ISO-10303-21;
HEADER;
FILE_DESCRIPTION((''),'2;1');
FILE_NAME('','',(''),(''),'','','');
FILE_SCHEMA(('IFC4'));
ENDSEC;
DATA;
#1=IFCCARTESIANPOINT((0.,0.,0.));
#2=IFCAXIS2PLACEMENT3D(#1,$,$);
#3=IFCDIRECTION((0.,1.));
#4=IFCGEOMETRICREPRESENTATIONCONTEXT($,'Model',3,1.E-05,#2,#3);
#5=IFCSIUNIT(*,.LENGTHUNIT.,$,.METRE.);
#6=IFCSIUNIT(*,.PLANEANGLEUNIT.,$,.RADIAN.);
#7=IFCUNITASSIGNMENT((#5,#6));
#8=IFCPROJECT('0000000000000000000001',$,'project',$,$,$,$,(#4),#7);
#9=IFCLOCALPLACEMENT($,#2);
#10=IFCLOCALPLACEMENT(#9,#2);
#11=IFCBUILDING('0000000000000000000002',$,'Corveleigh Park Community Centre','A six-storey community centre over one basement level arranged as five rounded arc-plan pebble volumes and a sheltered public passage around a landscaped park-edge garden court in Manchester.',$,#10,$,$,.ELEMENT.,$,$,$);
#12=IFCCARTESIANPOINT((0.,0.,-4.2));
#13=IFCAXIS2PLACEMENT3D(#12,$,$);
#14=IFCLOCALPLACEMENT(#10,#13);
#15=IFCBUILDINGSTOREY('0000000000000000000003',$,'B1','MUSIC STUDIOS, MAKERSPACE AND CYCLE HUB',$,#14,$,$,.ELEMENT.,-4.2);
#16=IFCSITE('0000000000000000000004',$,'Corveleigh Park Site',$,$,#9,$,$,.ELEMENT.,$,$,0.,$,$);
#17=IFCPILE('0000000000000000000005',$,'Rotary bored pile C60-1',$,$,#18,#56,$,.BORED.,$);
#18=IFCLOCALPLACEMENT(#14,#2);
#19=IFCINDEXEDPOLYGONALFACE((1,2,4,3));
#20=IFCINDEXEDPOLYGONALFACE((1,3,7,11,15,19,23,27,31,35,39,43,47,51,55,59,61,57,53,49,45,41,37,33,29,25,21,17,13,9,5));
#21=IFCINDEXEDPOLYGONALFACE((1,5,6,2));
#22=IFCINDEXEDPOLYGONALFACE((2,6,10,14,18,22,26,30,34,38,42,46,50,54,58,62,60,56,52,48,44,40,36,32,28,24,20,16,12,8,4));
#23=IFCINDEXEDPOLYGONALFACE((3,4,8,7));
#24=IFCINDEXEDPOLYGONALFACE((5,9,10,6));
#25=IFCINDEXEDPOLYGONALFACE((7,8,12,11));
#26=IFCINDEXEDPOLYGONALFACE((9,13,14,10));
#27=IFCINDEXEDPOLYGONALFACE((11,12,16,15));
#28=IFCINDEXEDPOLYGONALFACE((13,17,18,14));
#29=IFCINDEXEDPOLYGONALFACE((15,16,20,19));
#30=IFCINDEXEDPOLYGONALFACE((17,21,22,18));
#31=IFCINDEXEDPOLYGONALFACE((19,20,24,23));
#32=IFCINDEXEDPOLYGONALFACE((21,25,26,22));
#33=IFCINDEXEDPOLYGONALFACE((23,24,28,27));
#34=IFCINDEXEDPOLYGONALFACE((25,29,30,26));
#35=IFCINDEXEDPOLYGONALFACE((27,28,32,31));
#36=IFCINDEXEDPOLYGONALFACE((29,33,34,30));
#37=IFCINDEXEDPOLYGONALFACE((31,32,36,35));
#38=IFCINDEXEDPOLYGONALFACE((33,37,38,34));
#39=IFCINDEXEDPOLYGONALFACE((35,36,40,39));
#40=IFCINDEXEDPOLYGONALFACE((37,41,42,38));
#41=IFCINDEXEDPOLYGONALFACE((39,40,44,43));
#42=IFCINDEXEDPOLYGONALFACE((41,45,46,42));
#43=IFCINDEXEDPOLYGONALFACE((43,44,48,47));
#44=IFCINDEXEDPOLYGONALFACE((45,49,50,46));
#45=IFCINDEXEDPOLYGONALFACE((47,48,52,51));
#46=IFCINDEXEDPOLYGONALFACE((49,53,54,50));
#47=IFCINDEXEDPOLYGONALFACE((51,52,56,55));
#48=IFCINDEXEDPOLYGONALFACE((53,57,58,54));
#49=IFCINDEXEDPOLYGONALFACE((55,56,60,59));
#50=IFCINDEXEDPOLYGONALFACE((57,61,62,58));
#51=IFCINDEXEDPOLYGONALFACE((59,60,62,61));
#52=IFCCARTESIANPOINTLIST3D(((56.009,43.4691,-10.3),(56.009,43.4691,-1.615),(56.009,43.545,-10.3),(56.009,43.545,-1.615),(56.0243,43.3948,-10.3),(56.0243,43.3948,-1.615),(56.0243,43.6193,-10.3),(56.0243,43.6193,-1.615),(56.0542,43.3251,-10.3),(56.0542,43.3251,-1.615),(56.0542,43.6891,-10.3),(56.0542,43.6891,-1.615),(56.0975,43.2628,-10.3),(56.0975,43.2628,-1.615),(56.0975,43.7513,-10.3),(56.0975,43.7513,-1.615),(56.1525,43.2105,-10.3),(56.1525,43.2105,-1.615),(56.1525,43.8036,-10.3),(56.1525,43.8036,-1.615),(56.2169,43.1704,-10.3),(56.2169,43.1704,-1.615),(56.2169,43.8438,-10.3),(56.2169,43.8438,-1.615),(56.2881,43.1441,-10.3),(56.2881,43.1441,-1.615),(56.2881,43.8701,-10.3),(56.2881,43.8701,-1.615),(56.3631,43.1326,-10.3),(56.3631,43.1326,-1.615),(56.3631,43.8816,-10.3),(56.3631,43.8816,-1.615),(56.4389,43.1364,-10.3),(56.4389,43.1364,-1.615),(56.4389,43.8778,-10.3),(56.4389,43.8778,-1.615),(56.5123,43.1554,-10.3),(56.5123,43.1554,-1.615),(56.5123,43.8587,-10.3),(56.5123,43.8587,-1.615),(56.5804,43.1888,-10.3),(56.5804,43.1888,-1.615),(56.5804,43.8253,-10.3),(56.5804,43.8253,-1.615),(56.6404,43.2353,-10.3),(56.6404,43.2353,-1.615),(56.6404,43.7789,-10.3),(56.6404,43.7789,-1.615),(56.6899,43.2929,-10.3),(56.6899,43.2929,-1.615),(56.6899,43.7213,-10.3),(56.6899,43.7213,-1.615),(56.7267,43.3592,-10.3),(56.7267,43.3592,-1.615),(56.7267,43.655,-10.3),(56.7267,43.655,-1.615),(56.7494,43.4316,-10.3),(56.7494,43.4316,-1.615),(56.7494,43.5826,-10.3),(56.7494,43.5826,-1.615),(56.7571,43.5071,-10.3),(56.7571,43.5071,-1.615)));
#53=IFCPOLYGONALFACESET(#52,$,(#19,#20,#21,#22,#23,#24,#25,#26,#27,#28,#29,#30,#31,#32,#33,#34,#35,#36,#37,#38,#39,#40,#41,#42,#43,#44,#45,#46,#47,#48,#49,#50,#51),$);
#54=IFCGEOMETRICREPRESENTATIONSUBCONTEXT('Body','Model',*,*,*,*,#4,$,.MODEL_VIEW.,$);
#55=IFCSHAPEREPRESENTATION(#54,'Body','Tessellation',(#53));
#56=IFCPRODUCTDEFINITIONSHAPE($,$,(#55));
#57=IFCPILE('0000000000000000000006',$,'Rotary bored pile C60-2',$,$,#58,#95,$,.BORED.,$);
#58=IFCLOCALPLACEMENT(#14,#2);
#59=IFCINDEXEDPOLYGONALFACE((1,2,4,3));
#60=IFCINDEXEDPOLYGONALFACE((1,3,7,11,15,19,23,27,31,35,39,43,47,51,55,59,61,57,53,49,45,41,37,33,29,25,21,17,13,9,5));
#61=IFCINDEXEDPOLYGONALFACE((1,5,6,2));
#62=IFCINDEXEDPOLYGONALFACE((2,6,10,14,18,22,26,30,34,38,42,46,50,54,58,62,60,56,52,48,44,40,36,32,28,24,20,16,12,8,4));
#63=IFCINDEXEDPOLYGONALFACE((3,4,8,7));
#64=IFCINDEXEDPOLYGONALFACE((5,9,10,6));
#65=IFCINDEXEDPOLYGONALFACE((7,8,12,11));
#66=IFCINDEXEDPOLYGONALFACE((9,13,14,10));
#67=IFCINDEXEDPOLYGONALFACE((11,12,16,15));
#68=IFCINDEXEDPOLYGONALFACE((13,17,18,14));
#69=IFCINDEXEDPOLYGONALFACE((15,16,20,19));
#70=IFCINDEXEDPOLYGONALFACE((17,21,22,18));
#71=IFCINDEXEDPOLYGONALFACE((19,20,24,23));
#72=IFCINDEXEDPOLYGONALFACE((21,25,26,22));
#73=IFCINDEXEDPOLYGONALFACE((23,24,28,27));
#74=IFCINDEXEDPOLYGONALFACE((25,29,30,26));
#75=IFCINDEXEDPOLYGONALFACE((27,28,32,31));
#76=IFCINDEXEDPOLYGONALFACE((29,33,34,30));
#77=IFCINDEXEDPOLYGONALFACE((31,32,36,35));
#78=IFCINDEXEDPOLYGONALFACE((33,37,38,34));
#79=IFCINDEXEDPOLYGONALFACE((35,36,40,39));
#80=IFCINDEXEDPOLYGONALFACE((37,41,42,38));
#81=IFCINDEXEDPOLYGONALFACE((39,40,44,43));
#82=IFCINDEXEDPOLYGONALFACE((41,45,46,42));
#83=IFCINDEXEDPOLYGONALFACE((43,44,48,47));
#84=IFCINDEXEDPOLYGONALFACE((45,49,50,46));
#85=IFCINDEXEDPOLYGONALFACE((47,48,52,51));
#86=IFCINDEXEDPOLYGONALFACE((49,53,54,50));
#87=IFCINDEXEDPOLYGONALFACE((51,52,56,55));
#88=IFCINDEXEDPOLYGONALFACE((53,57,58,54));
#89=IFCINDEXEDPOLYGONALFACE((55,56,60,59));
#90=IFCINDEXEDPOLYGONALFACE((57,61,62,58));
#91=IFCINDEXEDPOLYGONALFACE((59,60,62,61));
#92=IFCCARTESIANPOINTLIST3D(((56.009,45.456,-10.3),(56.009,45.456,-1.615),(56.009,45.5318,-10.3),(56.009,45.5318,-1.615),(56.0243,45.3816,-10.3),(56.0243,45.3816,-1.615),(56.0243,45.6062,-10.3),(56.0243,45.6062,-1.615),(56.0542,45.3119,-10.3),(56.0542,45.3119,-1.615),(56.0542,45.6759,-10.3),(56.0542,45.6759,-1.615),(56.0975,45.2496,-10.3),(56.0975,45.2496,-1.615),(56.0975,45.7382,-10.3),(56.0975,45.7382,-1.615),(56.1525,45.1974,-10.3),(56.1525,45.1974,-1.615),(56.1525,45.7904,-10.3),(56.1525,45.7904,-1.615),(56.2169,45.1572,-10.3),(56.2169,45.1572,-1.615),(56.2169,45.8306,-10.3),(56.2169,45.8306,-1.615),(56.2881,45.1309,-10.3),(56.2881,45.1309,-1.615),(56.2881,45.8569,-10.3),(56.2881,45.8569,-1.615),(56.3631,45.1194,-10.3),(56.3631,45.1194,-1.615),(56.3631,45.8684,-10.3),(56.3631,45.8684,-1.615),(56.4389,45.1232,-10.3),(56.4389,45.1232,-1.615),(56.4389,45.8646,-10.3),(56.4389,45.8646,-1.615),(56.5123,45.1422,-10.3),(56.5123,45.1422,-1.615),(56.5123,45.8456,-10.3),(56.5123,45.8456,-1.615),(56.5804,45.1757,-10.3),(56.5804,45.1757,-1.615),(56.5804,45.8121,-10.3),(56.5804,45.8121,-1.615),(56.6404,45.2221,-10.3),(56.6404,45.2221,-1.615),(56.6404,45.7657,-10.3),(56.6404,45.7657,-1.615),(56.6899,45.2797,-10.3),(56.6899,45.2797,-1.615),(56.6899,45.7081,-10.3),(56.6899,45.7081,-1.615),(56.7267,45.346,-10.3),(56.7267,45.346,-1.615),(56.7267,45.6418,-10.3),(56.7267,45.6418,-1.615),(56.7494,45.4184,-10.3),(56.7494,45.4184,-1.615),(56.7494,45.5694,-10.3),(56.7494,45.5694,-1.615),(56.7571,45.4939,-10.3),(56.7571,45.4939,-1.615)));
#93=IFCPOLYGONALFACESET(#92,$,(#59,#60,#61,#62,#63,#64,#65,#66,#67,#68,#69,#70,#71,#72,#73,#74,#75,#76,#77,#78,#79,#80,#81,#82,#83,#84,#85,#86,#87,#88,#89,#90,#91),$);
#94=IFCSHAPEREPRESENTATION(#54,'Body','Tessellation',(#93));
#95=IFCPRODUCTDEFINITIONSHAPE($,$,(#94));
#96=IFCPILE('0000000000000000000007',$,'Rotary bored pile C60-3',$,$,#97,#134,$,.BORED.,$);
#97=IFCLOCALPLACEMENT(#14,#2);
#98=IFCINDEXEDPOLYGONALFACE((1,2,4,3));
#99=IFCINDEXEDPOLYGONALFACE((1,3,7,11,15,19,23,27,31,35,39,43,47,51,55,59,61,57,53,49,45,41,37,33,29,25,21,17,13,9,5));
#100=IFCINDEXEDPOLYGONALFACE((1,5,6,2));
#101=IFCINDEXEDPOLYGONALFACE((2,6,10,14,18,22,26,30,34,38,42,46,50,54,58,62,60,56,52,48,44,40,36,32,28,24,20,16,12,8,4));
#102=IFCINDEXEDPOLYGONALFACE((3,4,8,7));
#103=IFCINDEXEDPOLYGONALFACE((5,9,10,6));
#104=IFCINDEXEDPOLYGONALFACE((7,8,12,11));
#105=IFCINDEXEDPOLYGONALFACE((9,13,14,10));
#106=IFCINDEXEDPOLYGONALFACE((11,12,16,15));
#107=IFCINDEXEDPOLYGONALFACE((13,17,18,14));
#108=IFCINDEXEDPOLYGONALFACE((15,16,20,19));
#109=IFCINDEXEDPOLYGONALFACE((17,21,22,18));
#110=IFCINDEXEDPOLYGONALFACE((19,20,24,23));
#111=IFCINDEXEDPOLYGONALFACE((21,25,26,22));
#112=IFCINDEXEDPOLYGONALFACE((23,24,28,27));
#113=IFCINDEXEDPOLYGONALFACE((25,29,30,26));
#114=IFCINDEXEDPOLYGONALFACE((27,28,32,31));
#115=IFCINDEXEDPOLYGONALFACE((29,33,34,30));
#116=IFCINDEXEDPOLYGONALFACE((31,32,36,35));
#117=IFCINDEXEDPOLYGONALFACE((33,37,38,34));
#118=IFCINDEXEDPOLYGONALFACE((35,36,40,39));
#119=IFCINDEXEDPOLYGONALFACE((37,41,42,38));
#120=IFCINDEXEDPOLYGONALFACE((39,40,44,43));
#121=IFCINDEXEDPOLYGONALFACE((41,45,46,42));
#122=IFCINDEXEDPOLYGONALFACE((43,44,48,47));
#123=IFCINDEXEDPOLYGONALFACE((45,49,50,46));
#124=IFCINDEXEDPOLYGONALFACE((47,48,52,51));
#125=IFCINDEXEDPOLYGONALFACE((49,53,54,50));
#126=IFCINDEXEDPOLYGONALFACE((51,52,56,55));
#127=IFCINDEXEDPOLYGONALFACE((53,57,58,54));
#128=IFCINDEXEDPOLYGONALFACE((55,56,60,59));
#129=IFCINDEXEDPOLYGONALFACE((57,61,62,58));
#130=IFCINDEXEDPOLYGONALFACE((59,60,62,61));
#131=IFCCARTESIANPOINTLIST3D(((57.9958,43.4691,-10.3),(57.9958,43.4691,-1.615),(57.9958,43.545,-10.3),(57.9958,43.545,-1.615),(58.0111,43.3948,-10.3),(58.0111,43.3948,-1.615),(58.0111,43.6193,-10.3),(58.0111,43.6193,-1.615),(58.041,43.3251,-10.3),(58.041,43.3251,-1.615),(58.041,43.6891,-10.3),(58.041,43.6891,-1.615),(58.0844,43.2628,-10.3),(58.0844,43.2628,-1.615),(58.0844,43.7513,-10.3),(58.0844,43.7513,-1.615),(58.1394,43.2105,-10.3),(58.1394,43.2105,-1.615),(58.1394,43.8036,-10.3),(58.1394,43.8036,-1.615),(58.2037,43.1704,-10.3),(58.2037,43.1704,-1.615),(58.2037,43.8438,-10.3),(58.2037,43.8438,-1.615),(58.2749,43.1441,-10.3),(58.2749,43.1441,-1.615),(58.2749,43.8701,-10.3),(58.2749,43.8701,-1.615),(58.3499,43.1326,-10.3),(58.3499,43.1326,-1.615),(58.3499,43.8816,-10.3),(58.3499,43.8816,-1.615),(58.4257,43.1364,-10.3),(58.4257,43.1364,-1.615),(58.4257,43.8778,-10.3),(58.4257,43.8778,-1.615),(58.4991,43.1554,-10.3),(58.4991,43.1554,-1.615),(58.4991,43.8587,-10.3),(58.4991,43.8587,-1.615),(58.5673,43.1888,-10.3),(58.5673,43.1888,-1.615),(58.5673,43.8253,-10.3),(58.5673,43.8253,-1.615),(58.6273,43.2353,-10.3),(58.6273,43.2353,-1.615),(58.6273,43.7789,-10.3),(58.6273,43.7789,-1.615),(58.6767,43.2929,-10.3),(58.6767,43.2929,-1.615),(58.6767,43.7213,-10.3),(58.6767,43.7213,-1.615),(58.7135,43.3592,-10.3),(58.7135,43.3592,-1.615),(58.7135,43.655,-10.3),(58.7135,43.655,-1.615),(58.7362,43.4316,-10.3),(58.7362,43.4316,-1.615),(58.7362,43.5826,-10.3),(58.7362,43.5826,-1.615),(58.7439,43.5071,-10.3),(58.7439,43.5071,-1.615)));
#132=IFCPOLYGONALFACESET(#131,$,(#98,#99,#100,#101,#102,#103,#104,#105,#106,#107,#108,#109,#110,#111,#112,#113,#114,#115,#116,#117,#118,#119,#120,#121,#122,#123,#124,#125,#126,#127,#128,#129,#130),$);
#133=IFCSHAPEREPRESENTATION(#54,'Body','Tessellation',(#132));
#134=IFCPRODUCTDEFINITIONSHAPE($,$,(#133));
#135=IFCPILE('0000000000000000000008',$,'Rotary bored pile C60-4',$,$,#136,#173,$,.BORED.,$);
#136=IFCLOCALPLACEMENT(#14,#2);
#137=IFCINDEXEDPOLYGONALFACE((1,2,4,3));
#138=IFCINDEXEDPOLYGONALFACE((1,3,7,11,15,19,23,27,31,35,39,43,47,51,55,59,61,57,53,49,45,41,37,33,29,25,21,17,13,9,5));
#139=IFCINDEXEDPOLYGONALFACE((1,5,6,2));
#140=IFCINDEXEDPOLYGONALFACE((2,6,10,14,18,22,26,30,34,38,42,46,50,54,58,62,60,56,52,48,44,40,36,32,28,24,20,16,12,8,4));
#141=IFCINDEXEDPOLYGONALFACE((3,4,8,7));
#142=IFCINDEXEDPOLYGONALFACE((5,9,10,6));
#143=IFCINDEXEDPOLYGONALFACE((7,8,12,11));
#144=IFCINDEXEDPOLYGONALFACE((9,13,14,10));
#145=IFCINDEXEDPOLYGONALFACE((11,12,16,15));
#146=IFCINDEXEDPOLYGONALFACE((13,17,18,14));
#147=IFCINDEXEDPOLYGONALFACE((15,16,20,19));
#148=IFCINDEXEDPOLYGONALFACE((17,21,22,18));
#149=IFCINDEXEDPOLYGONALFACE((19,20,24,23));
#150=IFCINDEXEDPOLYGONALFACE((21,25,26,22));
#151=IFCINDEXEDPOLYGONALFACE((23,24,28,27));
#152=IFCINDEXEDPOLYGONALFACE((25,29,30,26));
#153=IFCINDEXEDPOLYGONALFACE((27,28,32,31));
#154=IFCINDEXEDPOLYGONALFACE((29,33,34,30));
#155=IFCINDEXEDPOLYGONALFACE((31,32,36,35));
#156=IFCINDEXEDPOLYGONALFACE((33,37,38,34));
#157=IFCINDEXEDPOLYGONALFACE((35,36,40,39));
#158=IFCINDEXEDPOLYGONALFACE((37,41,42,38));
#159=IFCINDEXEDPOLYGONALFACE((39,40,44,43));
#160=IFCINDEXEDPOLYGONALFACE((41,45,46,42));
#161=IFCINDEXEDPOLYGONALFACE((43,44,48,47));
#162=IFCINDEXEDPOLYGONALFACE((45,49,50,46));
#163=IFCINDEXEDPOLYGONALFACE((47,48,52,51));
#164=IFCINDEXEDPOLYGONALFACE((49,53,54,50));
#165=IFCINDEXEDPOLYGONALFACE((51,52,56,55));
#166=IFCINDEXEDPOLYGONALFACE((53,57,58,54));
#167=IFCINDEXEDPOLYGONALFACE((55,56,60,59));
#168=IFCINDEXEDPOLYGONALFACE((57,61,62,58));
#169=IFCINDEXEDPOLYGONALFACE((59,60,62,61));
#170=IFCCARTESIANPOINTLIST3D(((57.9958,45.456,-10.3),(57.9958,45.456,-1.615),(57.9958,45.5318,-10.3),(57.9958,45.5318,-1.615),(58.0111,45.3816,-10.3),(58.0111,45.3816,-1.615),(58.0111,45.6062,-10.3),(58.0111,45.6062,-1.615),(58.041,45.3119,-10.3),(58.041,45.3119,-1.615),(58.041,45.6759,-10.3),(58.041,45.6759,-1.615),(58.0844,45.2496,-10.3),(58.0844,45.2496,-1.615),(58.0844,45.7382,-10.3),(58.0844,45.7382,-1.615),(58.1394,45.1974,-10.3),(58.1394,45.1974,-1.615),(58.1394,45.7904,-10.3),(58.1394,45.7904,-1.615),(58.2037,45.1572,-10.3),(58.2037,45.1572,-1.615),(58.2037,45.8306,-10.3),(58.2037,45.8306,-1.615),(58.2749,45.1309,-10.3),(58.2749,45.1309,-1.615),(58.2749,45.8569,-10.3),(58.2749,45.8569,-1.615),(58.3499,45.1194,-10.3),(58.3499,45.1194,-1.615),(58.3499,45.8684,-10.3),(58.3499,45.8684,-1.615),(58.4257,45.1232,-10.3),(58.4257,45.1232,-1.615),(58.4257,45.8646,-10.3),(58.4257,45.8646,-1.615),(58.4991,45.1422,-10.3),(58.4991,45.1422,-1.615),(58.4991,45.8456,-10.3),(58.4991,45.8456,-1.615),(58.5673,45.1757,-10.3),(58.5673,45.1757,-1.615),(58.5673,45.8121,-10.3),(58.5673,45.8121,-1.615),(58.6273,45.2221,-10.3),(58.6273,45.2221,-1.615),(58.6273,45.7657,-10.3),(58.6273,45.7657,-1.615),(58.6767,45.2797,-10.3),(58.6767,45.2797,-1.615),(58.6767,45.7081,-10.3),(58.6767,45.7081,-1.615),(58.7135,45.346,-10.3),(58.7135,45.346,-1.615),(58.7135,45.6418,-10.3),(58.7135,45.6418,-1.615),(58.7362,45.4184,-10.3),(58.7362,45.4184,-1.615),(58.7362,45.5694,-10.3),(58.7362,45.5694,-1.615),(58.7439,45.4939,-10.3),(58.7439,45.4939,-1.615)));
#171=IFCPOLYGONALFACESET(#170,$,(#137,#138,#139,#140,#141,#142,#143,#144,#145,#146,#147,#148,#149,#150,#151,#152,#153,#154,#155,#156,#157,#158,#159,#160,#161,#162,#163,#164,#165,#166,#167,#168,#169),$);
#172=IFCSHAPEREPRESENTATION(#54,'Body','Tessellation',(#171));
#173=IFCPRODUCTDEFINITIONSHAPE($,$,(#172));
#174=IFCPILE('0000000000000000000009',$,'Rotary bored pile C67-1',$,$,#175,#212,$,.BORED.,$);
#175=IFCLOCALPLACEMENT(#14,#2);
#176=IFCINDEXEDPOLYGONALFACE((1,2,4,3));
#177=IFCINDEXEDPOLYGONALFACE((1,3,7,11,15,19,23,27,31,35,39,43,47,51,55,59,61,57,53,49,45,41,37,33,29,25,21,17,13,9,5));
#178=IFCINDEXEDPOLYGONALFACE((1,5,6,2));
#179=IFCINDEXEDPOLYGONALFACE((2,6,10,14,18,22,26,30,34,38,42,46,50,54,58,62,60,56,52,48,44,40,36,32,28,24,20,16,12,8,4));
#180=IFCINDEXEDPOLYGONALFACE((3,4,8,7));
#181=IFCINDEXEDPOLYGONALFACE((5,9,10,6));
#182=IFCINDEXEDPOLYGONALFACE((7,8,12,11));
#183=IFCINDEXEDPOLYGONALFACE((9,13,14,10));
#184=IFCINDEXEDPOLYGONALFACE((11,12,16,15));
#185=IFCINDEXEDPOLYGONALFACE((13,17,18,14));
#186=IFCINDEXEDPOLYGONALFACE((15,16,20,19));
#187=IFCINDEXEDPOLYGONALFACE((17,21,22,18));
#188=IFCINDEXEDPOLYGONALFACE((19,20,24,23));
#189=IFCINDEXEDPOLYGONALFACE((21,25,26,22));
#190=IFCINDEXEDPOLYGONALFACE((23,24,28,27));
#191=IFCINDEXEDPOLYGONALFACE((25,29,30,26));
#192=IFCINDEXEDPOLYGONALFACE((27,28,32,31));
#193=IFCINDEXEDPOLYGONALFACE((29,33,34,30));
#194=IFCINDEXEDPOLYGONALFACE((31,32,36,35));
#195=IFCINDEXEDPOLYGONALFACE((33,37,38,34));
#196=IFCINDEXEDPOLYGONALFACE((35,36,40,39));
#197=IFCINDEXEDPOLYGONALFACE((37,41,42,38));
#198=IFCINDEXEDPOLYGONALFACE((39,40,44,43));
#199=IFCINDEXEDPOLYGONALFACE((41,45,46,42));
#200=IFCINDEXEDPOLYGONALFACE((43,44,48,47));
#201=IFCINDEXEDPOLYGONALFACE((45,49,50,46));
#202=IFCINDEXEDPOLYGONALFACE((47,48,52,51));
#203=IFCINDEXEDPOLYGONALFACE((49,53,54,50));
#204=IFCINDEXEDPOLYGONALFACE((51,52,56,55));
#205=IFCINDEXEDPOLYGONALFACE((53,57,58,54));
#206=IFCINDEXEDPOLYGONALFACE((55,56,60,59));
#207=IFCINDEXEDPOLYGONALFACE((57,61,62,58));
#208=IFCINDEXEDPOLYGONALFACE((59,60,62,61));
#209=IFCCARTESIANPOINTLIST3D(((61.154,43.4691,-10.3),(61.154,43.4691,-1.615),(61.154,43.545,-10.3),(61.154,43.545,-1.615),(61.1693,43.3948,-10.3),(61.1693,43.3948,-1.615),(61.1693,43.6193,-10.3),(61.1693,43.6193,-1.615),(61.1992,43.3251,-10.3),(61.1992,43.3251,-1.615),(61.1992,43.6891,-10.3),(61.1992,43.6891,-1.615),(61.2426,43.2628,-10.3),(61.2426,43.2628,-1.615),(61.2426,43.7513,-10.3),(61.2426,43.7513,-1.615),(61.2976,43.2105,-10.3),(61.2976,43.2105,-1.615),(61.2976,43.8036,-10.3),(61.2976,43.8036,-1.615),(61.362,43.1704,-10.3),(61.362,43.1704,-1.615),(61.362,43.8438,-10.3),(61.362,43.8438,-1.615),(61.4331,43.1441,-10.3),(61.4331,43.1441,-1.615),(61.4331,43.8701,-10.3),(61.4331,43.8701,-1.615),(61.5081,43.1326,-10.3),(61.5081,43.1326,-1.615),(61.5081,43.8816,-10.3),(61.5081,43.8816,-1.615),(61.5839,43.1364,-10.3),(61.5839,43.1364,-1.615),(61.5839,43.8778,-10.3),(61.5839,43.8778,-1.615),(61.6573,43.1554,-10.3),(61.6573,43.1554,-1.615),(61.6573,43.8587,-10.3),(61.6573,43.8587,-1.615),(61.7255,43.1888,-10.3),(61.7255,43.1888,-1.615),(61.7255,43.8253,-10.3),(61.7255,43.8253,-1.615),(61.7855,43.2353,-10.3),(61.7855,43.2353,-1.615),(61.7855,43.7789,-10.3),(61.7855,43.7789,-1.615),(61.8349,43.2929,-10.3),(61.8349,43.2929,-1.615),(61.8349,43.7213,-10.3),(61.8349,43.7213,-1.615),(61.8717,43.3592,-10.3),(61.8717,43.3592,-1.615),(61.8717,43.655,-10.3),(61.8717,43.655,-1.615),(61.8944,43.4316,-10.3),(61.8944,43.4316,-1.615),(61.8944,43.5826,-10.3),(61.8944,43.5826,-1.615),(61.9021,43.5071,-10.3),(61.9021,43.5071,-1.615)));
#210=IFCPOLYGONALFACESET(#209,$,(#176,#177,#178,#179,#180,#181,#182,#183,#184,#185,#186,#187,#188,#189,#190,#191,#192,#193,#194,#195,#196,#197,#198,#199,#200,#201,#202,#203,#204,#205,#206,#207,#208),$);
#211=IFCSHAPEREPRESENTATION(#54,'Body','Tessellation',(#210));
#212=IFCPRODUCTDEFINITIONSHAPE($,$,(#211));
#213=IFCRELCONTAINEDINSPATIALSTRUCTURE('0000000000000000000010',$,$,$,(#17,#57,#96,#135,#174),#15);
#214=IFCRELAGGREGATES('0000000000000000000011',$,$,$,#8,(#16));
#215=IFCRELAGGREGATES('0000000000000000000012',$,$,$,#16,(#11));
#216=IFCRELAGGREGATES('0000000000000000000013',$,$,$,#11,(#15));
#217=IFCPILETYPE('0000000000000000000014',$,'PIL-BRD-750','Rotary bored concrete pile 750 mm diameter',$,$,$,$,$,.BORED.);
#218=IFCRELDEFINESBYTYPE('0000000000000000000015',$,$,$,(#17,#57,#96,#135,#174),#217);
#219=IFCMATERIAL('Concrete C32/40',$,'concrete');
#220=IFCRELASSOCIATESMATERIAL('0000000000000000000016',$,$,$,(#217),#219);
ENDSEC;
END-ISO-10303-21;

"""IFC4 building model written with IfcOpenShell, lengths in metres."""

from ifc_helpers import new_model, si_unit, direction, frame, origin, origin_2d, place, context, subcontext, project, spatial, circle, extrude, material, material_profile, profile_set, type_object, element, save


model = new_model("IFC4")

# Units and contexts
model_context = context("Model", 3, precision=1e-05, world=origin(), true_north=direction((0.0, 1.0)))
body_context = subcontext(model_context, "Body", "Model", "MODEL_VIEW")
ifc_project = project(units=[si_unit("LENGTHUNIT", "METRE"), si_unit("PLANEANGLEUNIT", "RADIAN")], contexts=[model_context])

# Site, building, storey
site_placement = place(None, origin())
site = spatial("IfcSite", under=ifc_project, at=site_placement, Name="Corveleigh Park Site", CompositionType="ELEMENT", RefElevation=0.0)
building_placement = place(site_placement, origin())
building = spatial("IfcBuilding", under=site, at=building_placement, Name="Corveleigh Park Community Centre", Description="A six-storey community centre over one basement level arranged as five rounded arc-plan pebble volumes and a sheltered public passage around a landscaped park-edge garden court in Manchester.", CompositionType="ELEMENT")
storey_placement = place(building_placement, frame((0.0, 0.0, -4.2)))
storey = spatial("IfcBuildingStorey", under=building, at=storey_placement, Name="B1", Description="MUSIC STUDIOS, MAKERSPACE AND CYCLE HUB", CompositionType="ELEMENT", Elevation=-4.2)

# Piles
ifc_material_1 = material(Name="Concrete C32/40", Category="concrete")
ifc_material_profile_1 = material_profile(ifc_material_1, circle(Radius=0.375, at=origin_2d()), Name="BORED-PILE-750", Category="concrete")
ifc_profile_set_1 = profile_set([ifc_material_profile_1], Name="Concrete C32/40")
pile_type = type_object("IfcPileType", Name="PIL-BRD-750", Description="Rotary bored concrete pile 750 mm diameter", PredefinedType="BORED", material=ifc_profile_set_1)
for number, where, z_axis, x_axis, name in (
    (1, (56.3821, 43.5071, -1.615), (0.0, 0.0, -1.0), (1.0, 0.0, 0.0), "Rotary bored pile C60-1"),
    (2, (56.3821, 45.4939, -1.615), (0.0, 0.0, -1.0), (1.0, 0.0, 0.0), "Rotary bored pile C60-2"),
    (3, (58.3689, 43.5071, -1.615), (0.0, 0.0, -1.0), (1.0, 0.0, 0.0), "Rotary bored pile C60-3"),
    (4, (58.3689, 45.4939, -1.615), (0.0, 0.0, -1.0), (1.0, 0.0, 0.0), "Rotary bored pile C60-4"),
    (5, (61.5271, 43.5071, -1.615), (0.0, 0.0, -1.0), (1.0, 0.0, 0.0), "Rotary bored pile C67-1"),
):
    element("IfcPile", number, at=place(storey_placement, frame(where, z_axis=z_axis, x_axis=x_axis)), inside=storey, type_object=pile_type, Name=name, PredefinedType="BORED", context=body_context, shape_type="SweptSolid", body=[
        extrude(circle(Radius=0.375, at=origin_2d()), origin(), (0.0, 0.0, 1.0), 8.6851),
    ])

save(model, "model.ifc")
